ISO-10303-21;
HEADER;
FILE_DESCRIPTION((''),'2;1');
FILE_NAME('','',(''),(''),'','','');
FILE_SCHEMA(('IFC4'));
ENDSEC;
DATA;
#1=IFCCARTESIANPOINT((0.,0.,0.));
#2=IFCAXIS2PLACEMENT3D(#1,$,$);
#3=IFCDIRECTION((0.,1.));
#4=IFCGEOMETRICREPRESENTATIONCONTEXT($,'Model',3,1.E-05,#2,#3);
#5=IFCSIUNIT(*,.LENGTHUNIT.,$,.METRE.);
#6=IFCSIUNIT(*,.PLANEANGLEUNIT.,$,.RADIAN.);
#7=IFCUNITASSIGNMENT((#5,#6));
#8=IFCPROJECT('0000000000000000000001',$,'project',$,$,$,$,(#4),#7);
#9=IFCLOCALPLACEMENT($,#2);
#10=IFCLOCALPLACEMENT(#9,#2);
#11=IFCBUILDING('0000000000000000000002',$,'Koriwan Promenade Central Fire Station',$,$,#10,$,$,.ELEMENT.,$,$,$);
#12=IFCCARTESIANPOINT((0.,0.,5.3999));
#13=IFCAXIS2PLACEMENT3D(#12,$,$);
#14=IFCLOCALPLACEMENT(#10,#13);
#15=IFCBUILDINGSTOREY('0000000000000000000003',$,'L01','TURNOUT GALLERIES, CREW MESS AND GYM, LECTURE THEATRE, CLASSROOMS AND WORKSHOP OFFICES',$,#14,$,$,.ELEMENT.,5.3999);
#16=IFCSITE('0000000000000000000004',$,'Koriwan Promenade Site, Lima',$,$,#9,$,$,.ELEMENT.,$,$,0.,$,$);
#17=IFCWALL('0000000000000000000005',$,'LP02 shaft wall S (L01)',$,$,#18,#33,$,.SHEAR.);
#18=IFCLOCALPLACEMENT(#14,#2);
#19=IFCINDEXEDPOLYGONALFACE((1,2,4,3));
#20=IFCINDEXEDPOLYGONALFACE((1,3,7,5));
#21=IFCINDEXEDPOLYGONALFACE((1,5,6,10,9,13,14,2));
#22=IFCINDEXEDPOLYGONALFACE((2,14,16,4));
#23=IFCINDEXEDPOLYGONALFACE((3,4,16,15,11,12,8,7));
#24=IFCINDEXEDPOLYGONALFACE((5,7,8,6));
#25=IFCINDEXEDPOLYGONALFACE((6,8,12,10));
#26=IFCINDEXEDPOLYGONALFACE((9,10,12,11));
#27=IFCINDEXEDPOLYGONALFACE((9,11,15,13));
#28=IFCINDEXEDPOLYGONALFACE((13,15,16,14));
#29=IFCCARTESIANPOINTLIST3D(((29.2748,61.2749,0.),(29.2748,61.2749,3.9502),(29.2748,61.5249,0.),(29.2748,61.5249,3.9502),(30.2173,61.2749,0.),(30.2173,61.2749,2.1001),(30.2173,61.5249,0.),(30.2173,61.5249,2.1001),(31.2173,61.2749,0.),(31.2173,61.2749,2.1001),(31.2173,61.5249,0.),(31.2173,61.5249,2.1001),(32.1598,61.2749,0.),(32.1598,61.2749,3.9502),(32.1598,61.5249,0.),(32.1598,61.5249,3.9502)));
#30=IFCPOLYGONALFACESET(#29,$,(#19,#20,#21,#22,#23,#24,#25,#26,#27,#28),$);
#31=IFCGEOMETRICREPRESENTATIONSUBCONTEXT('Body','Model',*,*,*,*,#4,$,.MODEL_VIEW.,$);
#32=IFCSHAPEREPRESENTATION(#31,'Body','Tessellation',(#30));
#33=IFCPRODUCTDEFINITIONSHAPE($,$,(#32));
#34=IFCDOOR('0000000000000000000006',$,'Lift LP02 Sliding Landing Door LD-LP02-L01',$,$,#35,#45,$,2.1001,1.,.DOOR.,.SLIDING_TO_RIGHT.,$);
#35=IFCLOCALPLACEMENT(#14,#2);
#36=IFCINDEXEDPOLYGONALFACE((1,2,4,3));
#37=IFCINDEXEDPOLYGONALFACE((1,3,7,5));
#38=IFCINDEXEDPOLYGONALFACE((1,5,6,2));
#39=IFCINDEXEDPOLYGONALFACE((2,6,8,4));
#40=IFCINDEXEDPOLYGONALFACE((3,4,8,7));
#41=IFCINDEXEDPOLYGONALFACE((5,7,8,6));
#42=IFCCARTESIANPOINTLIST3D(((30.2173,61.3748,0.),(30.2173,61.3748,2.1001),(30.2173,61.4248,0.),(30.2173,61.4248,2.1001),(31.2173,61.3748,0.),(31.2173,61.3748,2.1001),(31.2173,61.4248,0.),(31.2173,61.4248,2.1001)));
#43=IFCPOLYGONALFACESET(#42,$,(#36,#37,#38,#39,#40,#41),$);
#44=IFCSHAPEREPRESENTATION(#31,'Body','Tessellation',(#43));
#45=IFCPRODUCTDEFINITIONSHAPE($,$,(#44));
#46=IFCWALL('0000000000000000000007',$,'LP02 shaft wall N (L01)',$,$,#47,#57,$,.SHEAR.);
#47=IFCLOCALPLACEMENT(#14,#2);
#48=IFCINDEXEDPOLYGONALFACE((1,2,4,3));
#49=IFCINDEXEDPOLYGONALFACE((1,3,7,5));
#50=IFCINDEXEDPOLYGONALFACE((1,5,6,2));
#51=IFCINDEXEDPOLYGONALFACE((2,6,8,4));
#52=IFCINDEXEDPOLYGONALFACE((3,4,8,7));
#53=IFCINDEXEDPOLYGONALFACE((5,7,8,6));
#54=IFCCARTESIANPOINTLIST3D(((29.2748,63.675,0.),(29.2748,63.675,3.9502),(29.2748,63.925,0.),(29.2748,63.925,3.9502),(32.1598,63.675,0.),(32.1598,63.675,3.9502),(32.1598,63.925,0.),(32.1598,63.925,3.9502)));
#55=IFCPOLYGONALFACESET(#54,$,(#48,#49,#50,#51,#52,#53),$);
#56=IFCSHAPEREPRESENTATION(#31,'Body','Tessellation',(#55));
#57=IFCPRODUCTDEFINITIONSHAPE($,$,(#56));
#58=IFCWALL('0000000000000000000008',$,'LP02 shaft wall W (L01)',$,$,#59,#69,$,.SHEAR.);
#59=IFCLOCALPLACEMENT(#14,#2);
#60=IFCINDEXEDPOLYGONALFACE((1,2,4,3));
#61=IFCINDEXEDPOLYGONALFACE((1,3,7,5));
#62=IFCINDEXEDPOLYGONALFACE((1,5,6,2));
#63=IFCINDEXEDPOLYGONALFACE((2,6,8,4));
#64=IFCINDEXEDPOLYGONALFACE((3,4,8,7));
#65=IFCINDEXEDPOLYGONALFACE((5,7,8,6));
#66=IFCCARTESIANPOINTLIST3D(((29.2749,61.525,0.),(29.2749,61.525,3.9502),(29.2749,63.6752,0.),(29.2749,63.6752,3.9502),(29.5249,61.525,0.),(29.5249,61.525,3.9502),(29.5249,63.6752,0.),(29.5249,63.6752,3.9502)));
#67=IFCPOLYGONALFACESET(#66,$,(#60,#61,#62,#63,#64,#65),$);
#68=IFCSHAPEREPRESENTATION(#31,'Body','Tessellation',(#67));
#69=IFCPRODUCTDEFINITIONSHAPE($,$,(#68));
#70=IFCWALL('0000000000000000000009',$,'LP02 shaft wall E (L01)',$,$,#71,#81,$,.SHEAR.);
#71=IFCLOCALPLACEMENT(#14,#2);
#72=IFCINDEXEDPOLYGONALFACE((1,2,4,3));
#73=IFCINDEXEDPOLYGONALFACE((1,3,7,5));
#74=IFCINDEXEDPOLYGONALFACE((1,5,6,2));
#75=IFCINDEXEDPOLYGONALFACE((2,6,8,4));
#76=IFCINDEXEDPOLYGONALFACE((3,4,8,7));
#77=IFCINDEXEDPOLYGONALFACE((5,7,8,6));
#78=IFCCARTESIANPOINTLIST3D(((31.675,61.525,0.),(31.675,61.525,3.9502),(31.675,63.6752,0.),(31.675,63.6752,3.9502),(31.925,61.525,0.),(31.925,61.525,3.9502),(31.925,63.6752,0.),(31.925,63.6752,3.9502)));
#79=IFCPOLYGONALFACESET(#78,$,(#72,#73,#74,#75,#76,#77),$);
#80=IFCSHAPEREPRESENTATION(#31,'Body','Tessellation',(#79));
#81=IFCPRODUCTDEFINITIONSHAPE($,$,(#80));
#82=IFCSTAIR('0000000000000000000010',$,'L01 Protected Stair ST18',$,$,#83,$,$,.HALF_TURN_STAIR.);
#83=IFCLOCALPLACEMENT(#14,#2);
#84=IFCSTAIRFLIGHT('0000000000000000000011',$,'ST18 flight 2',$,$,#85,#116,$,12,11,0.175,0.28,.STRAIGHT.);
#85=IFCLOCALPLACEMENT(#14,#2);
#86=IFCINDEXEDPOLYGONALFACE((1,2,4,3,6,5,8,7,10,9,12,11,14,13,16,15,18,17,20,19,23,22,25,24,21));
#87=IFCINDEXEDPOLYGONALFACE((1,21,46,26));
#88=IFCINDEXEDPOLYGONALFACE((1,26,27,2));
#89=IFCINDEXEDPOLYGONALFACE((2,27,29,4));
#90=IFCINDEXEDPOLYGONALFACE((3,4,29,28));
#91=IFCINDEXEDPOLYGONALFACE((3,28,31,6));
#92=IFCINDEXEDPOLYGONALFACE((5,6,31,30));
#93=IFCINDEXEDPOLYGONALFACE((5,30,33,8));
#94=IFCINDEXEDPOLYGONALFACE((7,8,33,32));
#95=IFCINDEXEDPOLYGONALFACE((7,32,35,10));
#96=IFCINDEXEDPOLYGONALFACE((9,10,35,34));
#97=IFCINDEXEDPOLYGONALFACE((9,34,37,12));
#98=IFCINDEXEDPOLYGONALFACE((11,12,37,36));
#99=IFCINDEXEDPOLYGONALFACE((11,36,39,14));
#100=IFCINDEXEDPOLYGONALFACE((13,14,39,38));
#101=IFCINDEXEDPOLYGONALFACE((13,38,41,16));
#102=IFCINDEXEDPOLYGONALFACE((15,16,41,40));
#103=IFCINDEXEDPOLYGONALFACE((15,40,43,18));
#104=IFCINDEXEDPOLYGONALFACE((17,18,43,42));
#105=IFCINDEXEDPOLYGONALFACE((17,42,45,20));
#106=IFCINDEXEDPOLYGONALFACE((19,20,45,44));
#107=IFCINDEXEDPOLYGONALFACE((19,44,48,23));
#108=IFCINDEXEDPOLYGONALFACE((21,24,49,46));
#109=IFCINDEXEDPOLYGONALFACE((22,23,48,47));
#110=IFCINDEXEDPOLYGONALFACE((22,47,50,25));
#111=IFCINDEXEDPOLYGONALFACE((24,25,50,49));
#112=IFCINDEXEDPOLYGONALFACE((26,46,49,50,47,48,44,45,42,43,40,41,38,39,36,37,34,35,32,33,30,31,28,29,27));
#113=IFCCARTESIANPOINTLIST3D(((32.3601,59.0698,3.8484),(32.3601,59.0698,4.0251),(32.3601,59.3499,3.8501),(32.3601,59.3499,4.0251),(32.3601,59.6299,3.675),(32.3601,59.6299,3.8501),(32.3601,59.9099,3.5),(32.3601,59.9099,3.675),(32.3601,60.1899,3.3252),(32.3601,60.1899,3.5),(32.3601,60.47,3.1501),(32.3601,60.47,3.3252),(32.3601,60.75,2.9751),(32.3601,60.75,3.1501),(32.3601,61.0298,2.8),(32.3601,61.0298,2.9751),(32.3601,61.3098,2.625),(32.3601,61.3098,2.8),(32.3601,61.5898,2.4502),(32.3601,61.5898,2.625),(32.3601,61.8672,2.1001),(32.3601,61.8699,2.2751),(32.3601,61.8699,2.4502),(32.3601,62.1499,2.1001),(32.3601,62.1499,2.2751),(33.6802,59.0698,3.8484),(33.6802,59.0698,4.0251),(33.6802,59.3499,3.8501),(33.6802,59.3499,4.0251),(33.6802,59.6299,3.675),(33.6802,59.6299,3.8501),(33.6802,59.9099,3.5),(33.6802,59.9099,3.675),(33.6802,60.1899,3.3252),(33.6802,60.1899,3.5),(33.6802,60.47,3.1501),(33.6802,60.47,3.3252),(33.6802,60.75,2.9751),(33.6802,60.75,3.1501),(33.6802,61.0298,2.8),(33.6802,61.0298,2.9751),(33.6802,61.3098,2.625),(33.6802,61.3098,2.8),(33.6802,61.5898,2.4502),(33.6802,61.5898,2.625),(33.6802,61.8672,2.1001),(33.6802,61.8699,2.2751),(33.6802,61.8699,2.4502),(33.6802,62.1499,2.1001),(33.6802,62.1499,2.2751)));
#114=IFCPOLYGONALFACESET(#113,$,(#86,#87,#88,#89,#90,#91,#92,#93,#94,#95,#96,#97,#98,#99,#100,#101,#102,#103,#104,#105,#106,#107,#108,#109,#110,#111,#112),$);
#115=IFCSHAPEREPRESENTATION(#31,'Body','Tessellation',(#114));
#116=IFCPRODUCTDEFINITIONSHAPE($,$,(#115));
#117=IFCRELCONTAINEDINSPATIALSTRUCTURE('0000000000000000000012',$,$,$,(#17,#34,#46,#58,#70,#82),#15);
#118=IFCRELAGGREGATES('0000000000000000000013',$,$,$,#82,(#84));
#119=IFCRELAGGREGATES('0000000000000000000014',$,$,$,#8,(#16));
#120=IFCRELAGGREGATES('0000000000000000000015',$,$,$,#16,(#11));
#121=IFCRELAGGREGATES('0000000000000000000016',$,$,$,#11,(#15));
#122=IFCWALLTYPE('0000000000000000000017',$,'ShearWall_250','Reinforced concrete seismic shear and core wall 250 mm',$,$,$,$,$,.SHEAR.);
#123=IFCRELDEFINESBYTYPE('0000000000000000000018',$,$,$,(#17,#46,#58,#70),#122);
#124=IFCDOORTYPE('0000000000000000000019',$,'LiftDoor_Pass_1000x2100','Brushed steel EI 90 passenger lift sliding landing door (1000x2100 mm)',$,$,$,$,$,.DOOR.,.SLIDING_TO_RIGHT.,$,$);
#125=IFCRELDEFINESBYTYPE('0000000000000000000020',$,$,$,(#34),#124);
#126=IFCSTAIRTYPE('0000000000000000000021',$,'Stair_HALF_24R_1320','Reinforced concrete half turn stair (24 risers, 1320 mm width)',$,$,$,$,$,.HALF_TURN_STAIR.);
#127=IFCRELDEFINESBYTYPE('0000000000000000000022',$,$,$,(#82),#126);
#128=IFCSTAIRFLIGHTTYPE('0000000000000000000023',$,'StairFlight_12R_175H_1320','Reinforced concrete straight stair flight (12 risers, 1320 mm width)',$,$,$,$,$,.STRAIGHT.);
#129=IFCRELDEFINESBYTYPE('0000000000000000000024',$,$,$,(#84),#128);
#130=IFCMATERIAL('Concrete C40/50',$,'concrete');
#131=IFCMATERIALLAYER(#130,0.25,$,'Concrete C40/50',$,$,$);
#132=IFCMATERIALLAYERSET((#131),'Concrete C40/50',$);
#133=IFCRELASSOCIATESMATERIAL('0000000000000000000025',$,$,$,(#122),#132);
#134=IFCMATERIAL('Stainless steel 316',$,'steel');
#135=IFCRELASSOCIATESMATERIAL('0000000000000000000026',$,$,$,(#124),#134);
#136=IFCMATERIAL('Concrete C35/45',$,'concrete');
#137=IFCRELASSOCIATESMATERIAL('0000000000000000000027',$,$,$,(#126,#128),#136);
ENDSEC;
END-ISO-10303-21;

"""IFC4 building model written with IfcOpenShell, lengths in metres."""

from ifc_helpers import new_model, si_unit, direction, frame, frame_2d, origin, place, context, subcontext, project, spatial, polyline, rectangle, outline, extrude, material, layer, layer_set, type_object, element, fill, aggregate, save


model = new_model("IFC4")

# Units and contexts
model_context = context("Model", 3, precision=1e-05, world=origin(), true_north=direction((0.0, 1.0)))
body_context = subcontext(model_context, "Body", "Model", "MODEL_VIEW")
ifc_project = project(units=[si_unit("LENGTHUNIT", "METRE"), si_unit("PLANEANGLEUNIT", "RADIAN")], contexts=[model_context])

# Site, building, storey
site_placement = place(None, origin())
site = spatial("IfcSite", under=ifc_project, at=site_placement, Name="Koriwan Promenade Site, Lima", CompositionType="ELEMENT", RefElevation=0.0)
building_placement = place(site_placement, origin())
building = spatial("IfcBuilding", under=site, at=building_placement, Name="Koriwan Promenade Central Fire Station", CompositionType="ELEMENT")
storey_placement = place(building_placement, frame((0.0, 0.0, 5.3999)))
storey = spatial("IfcBuildingStorey", under=building, at=storey_placement, Name="L01", Description="TURNOUT GALLERIES, CREW MESS AND GYM, LECTURE THEATRE, CLASSROOMS AND WORKSHOP OFFICES", CompositionType="ELEMENT", Elevation=5.3999)

# Shared definitions
ifc_material_1 = material(Name="Concrete C40/50", Category="concrete")

# Shared definitions
ifc_material_2 = material(Name="Concrete C35/45", Category="concrete")

# Wall, opening, door
ifc_layer_1 = layer(ifc_material_1, 0.25, Name="Concrete C40/50")
ifc_layer_set_1 = layer_set([ifc_layer_1], Name="Concrete C40/50")
wall_type_1 = type_object("IfcWallType", Name="ShearWall_250", Description="Reinforced concrete seismic shear and core wall 250 mm", PredefinedType="SHEAR", material=ifc_layer_set_1)
wall_1_placement = place(storey_placement, frame((29.2749, 61.3999, 0.0), z_axis=(0.0, 0.0, 1.0), x_axis=(1.0, 0.0, 0.0)))
wall_1 = element("IfcWall", 1, at=wall_1_placement, inside=storey, type_object=wall_type_1, Name="LP02 shaft wall S (L01)", PredefinedType="SHEAR", context=body_context, shape_type="SweptSolid", body=[
    extrude(rectangle(XDim=2.885, YDim=0.25, at=frame_2d((1.4424, 0.0))), origin(), (0.0, 0.0, 1.0), 3.9502),
])
opening_placement = place(wall_1_placement, frame((0.9424, 0.0, 0.0)))
opening = element("IfcOpeningElement", 2, at=opening_placement, cuts=wall_1, PredefinedType="OPENING", context=body_context, shape_type="SweptSolid", body=[
    extrude(rectangle(XDim=1.0, YDim=2.1001, at=frame_2d((0.5, 1.05))), frame((0.0, 0.137, 0.0), z_axis=(0.0, -1.0, 0.0), x_axis=(1.0, 0.0, 0.0)), (0.0, 0.0, 1.0), 0.2739),
])
ifc_material_3 = material(Name="Stainless steel 316", Category="steel")
door_type = type_object("IfcDoorType", Name="LiftDoor_Pass_1000x2100", Description="Brushed steel EI 90 passenger lift sliding landing door (1000x2100 mm)", OperationType="SLIDING_TO_RIGHT", PredefinedType="DOOR", material=ifc_material_3)
door_placement = place(opening_placement, origin())
door = element("IfcDoor", 3, at=door_placement, inside=storey, type_object=door_type, Name="Lift LP02 Sliding Landing Door LD-LP02-L01", OperationType="SLIDING_TO_RIGHT", OverallHeight=2.1001, OverallWidth=1.0, PredefinedType="DOOR", context=body_context, shape_type="SweptSolid", body=[
    extrude(rectangle(XDim=1.0, YDim=2.1001, at=frame_2d((0.5, 1.05))), frame((0.0, 0.0249, 0.0), z_axis=(0.0, -1.0, 0.0), x_axis=(1.0, 0.0, 0.0)), (0.0, 0.0, 1.0), 0.05),
])
fill(opening, door)

# Walls
wall_2_placement = place(storey_placement, frame((29.2749, 63.8, 0.0), z_axis=(0.0, 0.0, 1.0), x_axis=(1.0, 0.0, 0.0)))
element("IfcWall", 4, at=wall_2_placement, inside=storey, type_object=wall_type_1, Name="LP02 shaft wall N (L01)", PredefinedType="SHEAR", context=body_context, shape_type="SweptSolid", body=[
    extrude(rectangle(XDim=2.885, YDim=0.25, at=frame_2d((1.4424, 0.0))), origin(), (0.0, 0.0, 1.0), 3.9502),
])
for number, where, z_axis, x_axis, name in (
    (5, (29.3999, 61.5249, 0.0), (0.0, 0.0, 1.0), (0.0, 1.0, 0.0), "LP02 shaft wall W (L01)"),
    (6, (31.8, 61.5249, 0.0), (0.0, 0.0, 1.0), (0.0, 1.0, 0.0), "LP02 shaft wall E (L01)"),
):
    element("IfcWall", number, at=place(storey_placement, frame(where, z_axis=z_axis, x_axis=x_axis)), inside=storey, type_object=wall_type_1, Name=name, PredefinedType="SHEAR", context=body_context, shape_type="SweptSolid", body=[
        extrude(rectangle(XDim=2.1501, YDim=0.25, at=frame_2d((1.0752, 0.0))), origin(), (0.0, 0.0, 1.0), 3.9502),
    ])

# Stair, stair flight
stair_type = type_object("IfcStairType", Name="Stair_HALF_24R_1320", Description="Reinforced concrete half turn stair (24 risers, 1320 mm width)", PredefinedType="HALF_TURN_STAIR", material=ifc_material_2)
stair_placement = place(storey_placement, origin())
stair = element("IfcStair", 7, at=stair_placement, inside=storey, type_object=stair_type, Name="L01 Protected Stair ST18", PredefinedType="HALF_TURN_STAIR")
stair_flight_type = type_object("IfcStairFlightType", Name="StairFlight_12R_175H_1320", Description="Reinforced concrete straight stair flight (12 risers, 1320 mm width)", PredefinedType="STRAIGHT", material=ifc_material_2)
stair_flight_placement = place(storey_placement, frame((33.02, 62.1499, 2.1001), z_axis=(0.0, 0.0, 1.0), x_axis=(0.0, -1.0, 0.0)))
stair_flight = element("IfcStairFlight", 8, at=stair_flight_placement, type_object=stair_flight_type, Name="ST18 flight 2", NumberOfRisers=12, NumberOfTreads=11, PredefinedType="STRAIGHT", RiserHeight=0.175, TreadLength=0.28, context=body_context, shape_type="SweptSolid", body=[
    extrude(outline(polyline([(0.0, 0.0), (0.0, 0.175), (0.28, 0.175), (0.28, 0.3501), (0.5601, 0.3501), (0.5601, 0.5249), (0.8401, 0.5249), (0.8401, 0.7), (1.1201, 0.7), (1.1201, 0.875), (1.3999, 0.875), (1.3999, 1.05), (1.6799, 1.05), (1.6799, 1.2251), (1.96, 1.2251), (1.96, 1.3999), (2.24, 1.3999), (2.24, 1.575), (2.52, 1.575), (2.52, 1.75), (2.8, 1.75), (2.8, 1.925), (3.0801, 1.925), (3.0801, 2.1001), (3.0801, 1.7483), (0.2827, 0.0), (0.0, 0.0)])), frame((0.0, 0.6602, 0.0), z_axis=(0.0, -1.0, 0.0), x_axis=(1.0, 0.0, 0.0)), (0.0, 0.0, 1.0), 1.3201),
])
aggregate(stair, [stair_flight])

save(model, "model.ifc")
